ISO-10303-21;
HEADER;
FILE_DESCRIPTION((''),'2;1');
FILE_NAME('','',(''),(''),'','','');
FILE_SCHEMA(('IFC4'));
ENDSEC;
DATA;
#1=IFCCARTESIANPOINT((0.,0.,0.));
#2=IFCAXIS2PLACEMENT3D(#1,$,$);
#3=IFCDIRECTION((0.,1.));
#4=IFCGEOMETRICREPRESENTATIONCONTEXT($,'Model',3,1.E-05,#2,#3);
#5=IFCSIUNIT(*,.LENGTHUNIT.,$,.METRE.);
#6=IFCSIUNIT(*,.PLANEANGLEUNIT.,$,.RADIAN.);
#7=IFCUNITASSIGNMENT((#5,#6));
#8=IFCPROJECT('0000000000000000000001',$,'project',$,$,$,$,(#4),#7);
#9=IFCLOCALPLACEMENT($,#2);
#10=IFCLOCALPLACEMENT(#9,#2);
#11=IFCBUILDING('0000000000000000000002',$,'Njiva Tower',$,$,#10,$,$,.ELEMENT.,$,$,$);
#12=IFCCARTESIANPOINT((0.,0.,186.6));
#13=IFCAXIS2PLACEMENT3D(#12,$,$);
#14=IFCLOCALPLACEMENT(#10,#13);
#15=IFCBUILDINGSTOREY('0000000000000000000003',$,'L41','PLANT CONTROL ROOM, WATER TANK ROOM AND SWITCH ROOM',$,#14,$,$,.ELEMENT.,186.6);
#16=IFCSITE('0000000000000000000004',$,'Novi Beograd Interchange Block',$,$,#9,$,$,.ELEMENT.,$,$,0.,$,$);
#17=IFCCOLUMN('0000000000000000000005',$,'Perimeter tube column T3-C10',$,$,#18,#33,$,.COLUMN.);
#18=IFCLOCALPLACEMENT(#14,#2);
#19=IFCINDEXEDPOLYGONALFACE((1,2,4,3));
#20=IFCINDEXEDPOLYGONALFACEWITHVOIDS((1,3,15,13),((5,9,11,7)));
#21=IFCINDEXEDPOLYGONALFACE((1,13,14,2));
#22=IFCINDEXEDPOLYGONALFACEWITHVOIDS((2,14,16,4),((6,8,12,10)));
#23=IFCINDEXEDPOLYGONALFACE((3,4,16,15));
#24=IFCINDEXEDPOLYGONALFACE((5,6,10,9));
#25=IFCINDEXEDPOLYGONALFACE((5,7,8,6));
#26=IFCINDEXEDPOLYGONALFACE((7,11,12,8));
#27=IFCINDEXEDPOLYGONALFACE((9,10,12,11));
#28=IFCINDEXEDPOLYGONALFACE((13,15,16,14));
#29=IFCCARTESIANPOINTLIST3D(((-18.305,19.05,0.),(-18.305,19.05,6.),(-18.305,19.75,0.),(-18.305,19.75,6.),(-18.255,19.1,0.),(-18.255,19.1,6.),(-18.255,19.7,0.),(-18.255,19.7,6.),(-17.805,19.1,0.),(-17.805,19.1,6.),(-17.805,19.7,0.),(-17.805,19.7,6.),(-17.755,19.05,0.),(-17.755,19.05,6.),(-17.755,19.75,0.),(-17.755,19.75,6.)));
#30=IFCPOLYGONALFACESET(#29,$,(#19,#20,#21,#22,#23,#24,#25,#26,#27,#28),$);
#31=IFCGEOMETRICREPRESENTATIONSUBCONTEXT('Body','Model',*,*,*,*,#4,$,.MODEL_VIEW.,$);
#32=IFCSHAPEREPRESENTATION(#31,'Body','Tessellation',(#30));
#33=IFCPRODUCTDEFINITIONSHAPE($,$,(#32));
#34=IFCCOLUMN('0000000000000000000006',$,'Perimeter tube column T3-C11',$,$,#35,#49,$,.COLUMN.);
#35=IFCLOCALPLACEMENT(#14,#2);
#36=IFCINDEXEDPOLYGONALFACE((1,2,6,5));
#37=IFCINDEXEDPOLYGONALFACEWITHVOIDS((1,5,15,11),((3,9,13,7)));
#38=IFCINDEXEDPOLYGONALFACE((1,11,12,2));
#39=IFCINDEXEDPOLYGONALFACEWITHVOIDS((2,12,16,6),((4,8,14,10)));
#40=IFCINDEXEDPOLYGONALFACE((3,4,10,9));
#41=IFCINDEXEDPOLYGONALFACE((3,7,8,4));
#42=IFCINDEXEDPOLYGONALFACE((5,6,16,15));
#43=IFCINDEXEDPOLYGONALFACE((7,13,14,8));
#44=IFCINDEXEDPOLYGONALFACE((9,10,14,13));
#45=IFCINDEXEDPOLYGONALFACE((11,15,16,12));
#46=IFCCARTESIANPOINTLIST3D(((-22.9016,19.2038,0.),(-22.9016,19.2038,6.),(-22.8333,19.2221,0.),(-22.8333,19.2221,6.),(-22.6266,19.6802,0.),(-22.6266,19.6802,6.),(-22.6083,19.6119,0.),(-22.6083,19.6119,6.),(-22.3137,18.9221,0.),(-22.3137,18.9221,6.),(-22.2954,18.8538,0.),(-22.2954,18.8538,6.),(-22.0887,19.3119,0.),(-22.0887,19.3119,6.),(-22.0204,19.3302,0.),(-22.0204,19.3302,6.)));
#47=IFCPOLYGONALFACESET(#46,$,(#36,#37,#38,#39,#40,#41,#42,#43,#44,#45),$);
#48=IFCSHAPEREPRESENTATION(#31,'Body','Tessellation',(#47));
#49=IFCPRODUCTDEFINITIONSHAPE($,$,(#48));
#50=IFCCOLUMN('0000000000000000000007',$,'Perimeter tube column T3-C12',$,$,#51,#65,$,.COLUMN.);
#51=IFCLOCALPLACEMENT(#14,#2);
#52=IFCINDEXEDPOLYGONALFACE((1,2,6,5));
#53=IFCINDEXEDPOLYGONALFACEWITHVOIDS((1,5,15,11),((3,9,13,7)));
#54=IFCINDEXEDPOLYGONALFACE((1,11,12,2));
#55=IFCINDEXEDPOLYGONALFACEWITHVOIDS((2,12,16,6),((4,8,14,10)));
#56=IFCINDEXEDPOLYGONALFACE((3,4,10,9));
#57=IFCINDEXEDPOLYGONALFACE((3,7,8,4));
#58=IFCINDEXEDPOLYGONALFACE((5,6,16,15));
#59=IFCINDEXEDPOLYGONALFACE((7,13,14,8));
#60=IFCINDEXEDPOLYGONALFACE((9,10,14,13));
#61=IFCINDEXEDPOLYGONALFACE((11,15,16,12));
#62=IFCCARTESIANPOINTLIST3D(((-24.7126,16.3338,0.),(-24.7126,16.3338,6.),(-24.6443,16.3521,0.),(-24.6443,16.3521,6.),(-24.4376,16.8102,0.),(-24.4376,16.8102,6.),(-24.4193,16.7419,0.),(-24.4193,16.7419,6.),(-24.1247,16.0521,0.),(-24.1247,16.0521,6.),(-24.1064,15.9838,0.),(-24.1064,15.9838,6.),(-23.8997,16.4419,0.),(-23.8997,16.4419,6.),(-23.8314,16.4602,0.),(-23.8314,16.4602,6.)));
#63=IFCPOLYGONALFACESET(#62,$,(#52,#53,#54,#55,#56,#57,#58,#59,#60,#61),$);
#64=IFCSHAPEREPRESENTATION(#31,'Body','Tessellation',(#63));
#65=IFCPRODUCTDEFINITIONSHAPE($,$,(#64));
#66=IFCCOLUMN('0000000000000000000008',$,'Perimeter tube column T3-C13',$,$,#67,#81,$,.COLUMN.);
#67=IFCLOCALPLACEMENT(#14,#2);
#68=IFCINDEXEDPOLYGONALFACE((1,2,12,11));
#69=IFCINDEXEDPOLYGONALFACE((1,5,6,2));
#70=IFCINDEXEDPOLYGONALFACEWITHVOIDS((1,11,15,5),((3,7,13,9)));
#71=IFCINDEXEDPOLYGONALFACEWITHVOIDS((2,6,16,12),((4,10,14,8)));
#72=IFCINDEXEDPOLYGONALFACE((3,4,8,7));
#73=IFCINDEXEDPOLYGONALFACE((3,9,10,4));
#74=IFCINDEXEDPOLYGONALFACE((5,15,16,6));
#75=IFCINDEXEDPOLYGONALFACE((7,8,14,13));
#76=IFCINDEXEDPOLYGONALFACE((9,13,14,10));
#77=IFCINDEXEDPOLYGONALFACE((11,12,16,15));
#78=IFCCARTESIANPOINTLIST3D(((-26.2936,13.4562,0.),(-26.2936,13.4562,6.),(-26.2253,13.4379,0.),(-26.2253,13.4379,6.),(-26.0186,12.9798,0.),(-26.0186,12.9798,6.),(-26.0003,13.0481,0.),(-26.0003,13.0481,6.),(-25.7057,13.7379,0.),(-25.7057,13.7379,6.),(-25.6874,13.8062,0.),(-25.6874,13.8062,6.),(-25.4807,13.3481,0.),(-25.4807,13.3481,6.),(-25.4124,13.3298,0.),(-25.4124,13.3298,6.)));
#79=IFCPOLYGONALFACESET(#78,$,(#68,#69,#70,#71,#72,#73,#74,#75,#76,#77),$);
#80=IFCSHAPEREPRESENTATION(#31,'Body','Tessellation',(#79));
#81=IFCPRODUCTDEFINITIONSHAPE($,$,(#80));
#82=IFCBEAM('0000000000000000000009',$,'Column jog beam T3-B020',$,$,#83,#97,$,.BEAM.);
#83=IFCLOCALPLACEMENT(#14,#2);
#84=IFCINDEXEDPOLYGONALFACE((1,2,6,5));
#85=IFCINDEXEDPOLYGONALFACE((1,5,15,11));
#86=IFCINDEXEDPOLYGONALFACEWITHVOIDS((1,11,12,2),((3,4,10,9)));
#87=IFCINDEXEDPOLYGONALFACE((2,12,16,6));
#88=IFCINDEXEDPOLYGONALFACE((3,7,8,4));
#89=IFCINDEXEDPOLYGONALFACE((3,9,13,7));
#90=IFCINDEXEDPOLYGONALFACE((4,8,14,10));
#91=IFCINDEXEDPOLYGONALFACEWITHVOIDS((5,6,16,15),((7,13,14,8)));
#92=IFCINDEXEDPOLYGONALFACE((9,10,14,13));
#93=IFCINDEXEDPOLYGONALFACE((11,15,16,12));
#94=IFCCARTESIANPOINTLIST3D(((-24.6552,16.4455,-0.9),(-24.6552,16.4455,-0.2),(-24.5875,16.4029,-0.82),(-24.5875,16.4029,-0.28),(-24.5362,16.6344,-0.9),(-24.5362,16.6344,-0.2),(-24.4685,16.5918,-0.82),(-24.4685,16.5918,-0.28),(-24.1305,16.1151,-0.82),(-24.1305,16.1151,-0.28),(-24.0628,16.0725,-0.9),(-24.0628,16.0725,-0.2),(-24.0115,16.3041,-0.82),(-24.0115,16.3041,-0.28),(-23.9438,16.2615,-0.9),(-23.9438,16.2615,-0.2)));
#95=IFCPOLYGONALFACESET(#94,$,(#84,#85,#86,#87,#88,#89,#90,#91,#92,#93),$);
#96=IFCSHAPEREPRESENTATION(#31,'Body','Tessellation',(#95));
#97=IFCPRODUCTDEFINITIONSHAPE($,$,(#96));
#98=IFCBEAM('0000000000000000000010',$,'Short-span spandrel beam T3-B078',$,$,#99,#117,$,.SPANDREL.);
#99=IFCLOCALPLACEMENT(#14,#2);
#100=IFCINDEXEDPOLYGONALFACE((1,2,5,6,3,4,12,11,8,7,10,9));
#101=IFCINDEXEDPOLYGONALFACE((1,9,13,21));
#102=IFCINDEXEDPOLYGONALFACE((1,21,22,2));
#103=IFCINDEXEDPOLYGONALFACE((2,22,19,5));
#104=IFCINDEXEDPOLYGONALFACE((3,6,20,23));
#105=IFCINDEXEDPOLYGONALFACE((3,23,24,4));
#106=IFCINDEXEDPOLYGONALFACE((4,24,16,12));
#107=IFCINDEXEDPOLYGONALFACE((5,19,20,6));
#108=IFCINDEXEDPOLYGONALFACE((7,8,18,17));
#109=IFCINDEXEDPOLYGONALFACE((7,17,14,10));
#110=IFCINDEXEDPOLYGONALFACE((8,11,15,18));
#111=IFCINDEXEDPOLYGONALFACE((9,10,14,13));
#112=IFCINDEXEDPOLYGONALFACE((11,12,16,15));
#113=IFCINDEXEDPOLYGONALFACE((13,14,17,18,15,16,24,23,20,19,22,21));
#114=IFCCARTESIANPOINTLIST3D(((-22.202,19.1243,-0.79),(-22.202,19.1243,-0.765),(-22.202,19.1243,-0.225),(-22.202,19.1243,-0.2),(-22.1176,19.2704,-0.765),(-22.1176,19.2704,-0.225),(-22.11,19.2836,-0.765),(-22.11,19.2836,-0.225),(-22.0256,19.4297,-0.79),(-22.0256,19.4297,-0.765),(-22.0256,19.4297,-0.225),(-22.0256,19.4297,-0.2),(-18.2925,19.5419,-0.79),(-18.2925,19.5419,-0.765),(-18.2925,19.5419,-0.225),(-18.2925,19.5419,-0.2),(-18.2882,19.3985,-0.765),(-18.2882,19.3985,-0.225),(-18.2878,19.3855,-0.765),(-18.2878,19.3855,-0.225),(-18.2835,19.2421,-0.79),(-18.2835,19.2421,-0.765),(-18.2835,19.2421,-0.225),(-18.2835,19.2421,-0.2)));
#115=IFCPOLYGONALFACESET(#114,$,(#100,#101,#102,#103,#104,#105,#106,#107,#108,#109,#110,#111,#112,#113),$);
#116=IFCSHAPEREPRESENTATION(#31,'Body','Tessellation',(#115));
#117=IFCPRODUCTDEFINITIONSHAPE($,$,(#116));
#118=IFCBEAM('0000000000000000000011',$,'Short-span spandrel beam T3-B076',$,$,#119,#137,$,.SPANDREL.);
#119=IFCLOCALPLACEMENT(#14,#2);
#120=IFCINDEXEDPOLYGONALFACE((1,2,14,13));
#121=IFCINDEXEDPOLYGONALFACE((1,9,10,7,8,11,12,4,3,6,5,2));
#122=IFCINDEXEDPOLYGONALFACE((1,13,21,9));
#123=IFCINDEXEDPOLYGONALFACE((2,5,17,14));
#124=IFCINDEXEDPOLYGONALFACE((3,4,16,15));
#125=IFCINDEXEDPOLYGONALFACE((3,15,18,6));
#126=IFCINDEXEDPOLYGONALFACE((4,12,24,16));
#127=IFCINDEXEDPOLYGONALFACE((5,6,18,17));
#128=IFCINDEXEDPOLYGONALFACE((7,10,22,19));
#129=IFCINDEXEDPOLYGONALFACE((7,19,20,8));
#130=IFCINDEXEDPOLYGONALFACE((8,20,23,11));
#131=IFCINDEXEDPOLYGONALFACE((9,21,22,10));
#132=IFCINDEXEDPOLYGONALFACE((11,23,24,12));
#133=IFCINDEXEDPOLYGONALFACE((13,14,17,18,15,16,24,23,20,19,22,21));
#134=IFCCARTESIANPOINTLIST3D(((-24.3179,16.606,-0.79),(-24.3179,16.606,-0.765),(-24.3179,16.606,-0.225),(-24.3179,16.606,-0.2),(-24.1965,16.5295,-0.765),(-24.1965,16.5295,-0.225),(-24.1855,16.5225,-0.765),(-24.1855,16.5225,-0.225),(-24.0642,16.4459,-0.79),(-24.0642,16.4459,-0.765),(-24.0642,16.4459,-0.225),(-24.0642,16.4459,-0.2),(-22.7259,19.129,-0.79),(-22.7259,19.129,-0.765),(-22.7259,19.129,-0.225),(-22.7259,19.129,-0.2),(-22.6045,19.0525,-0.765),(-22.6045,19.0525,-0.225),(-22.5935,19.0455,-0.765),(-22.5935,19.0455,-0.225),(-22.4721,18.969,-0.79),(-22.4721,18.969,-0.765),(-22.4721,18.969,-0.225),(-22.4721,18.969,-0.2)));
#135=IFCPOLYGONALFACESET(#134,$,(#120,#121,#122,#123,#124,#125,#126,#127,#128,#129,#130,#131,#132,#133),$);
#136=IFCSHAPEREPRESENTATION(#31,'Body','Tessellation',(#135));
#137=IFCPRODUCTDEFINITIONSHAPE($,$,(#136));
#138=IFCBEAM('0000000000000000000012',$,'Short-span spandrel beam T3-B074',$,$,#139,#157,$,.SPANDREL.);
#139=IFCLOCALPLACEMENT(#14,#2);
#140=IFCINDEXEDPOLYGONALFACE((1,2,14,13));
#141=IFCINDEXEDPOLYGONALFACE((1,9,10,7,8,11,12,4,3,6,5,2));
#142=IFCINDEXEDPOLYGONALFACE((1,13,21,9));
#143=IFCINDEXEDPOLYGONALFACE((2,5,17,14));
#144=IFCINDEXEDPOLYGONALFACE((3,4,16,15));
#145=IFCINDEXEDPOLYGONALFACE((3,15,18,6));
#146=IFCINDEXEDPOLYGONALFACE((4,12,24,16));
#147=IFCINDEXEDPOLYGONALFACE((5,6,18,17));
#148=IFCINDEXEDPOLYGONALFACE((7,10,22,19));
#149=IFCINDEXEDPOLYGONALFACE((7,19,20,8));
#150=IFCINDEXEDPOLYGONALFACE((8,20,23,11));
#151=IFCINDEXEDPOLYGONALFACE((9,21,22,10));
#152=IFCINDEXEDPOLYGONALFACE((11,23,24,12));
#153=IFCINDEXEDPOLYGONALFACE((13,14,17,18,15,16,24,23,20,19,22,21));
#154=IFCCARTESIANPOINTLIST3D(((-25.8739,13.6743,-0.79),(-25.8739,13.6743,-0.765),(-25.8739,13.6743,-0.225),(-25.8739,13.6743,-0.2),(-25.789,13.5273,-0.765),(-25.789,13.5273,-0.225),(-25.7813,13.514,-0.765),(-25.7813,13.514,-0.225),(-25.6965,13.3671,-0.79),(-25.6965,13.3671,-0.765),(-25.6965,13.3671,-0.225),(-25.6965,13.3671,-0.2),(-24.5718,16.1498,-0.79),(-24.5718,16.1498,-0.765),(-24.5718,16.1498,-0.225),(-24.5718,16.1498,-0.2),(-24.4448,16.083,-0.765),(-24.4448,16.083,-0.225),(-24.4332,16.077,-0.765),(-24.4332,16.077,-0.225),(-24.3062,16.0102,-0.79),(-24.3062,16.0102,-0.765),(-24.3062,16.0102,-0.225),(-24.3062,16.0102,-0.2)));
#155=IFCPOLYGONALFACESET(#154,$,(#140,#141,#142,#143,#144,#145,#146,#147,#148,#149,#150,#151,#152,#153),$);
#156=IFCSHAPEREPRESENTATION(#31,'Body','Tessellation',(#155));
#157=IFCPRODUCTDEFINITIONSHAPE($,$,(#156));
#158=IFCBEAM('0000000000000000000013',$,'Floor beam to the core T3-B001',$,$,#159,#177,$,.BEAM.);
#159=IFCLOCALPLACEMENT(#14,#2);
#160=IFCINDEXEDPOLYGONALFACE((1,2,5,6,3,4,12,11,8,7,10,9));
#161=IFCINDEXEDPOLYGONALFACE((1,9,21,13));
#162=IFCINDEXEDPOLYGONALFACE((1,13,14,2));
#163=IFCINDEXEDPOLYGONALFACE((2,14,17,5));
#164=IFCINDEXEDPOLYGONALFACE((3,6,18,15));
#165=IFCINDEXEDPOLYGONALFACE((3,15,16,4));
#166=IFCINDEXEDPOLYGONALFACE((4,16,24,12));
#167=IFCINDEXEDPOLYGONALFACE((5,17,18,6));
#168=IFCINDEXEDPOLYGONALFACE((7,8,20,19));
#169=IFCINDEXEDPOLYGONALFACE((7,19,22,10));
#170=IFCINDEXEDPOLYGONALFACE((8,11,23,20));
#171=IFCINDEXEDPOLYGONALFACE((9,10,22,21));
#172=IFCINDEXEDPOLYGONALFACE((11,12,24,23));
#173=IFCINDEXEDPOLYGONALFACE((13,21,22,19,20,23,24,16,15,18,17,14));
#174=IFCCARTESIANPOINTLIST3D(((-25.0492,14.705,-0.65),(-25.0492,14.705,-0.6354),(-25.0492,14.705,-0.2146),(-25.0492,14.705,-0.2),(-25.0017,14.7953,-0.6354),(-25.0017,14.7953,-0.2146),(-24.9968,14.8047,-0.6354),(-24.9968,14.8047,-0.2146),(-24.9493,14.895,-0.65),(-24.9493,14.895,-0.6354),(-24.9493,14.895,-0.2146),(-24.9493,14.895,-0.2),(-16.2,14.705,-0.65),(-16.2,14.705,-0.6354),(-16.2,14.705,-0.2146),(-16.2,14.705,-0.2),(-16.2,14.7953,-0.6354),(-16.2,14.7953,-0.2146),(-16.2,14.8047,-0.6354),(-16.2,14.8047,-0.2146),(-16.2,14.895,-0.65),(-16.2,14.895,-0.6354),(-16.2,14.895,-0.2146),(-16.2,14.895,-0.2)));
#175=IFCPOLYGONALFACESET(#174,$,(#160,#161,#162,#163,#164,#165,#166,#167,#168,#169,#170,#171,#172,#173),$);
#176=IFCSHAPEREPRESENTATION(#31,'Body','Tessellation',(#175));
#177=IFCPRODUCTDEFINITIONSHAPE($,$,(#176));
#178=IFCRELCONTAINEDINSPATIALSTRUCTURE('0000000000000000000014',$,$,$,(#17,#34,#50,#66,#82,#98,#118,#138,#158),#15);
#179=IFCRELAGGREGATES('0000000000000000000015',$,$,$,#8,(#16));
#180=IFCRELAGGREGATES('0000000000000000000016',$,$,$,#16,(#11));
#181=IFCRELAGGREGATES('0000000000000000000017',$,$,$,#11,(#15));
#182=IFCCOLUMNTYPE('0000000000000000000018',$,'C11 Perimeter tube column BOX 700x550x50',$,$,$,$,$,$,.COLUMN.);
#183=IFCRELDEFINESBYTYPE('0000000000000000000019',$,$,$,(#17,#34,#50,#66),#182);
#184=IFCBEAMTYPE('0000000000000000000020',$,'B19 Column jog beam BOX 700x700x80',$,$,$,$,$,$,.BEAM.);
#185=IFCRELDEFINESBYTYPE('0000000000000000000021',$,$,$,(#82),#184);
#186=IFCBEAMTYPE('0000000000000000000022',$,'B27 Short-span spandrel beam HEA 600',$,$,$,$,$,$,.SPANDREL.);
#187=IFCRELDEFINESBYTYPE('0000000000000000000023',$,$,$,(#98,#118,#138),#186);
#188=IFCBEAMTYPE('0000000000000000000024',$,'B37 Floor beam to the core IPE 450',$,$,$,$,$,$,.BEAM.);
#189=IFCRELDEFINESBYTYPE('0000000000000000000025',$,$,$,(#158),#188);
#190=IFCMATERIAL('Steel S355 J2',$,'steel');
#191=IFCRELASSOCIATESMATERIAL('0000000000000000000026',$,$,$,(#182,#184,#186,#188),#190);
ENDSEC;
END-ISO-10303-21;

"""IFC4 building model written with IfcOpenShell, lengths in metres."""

from ifc_helpers import new_model, si_unit, direction, frame, origin, origin_2d, place, context, subcontext, project, spatial, hollow_rectangle, i_section, extrude, clip, halfspace, material, material_profile, profile_set, type_object, element, save


model = new_model("IFC4")

# Units and contexts
model_context = context("Model", 3, precision=1e-05, world=origin(), true_north=direction((0.0, 1.0)))
body_context = subcontext(model_context, "Body", "Model", "MODEL_VIEW")
ifc_project = project(units=[si_unit("LENGTHUNIT", "METRE"), si_unit("PLANEANGLEUNIT", "RADIAN")], contexts=[model_context])

# Site, building, storey
site_placement = place(None, origin())
site = spatial("IfcSite", under=ifc_project, at=site_placement, Name="Novi Beograd Interchange Block", CompositionType="ELEMENT", RefElevation=0.0)
building_placement = place(site_placement, origin())
building = spatial("IfcBuilding", under=site, at=building_placement, Name="Njiva Tower", CompositionType="ELEMENT")
storey_placement = place(building_placement, frame((0.0, 0.0, 186.6)))
storey = spatial("IfcBuildingStorey", under=building, at=storey_placement, Name="L41", Description="PLANT CONTROL ROOM, WATER TANK ROOM AND SWITCH ROOM", CompositionType="ELEMENT", Elevation=186.6)

# Columns
ifc_material_1 = material(Name="Steel S355 J2", Category="steel")
ifc_material_profile_1 = material_profile(ifc_material_1, hollow_rectangle(XDim=0.55, YDim=0.7, WallThickness=0.05, at=origin_2d()), Name="BOX 700x550x50")
ifc_profile_set_1 = profile_set([ifc_material_profile_1], Name="Steel S355 J2")
column_type = type_object("IfcColumnType", Name="C11 Perimeter tube column BOX 700x550x50", PredefinedType="COLUMN", material=ifc_profile_set_1)
for number, where, z_axis, x_axis, name in (
    (1, (-18.03, 19.4, 0.0), (0.0, 0.0, 1.0), (-1.0, 0.0, 0.0), "Perimeter tube column T3-C10"),
    (2, (-22.461, 19.267, 0.0), (0.0, 0.0, 1.0), (-0.5, -0.866025, 0.0), "Perimeter tube column T3-C11"),
    (3, (-24.272, 16.397, 0.0), (0.0, 0.0, 1.0), (-0.5, -0.866025, 0.0), "Perimeter tube column T3-C12"),
    (4, (-25.853, 13.393, 0.0), (0.0, 0.0, 1.0), (0.5, -0.866025, 0.0), "Perimeter tube column T3-C13"),
):
    element("IfcColumn", number, at=place(storey_placement, frame(where, z_axis=z_axis, x_axis=x_axis)), inside=storey, type_object=column_type, Name=name, PredefinedType="COLUMN", context=body_context, shape_type="SweptSolid", body=[
        extrude(hollow_rectangle(XDim=0.55, YDim=0.7, WallThickness=0.05, at=origin_2d()), origin(), (0.0, 0.0, 1.0), 6.0),
    ])

# Beams
ifc_material_profile_2 = material_profile(ifc_material_1, hollow_rectangle(XDim=0.7, YDim=0.7, WallThickness=0.08, at=origin_2d()), Name="BOX 700x700x80")
ifc_profile_set_2 = profile_set([ifc_material_profile_2], Name="Steel S355 J2")
beam_type_1 = type_object("IfcBeamType", Name="B19 Column jog beam BOX 700x700x80", PredefinedType="BEAM", material=ifc_profile_set_2)
beam_1_placement = place(storey_placement, frame((-24.359, 16.259, -0.55), z_axis=(0.532813, 0.846233, 0.0), x_axis=(-0.846233, 0.532813, 0.0)))
element("IfcBeam", 5, at=beam_1_placement, inside=storey, type_object=beam_type_1, Name="Column jog beam T3-B020", PredefinedType="BEAM", context=body_context, shape_type="SweptSolid", body=[
    extrude(hollow_rectangle(XDim=0.7, YDim=0.7, WallThickness=0.08, at=origin_2d()), origin(), (0.0, 0.0, 1.0), 0.2233),
])
ifc_material_profile_3 = material_profile(ifc_material_1, i_section(OverallWidth=0.3, OverallDepth=0.59, WebThickness=0.013, FlangeThickness=0.025, at=origin_2d()), Name="HEA 600")
ifc_profile_set_3 = profile_set([ifc_material_profile_3], Name="Steel S355 J2")
beam_type_2 = type_object("IfcBeamType", Name="B27 Short-span spandrel beam HEA 600", PredefinedType="SPANDREL", material=ifc_profile_set_3)
beam_2_placement = place(storey_placement, frame((-18.288, 19.392, -0.495), z_axis=(-0.999549, -0.030044, 0.0), x_axis=(0.030044, -0.999549, 0.0)))
element("IfcBeam", 6, at=beam_2_placement, inside=storey, type_object=beam_type_2, Name="Short-span spandrel beam T3-B078", PredefinedType="SPANDREL", context=body_context, shape_type="Clipping", body=[
    clip(extrude(i_section(OverallWidth=0.3, OverallDepth=0.59, WebThickness=0.013, FlangeThickness=0.025, at=origin_2d()), origin(), (0.0, 0.0, 1.0), 3.9407), halfspace(frame((-0.0266, 0.0, 3.8111), z_axis=(-0.525791, 0.0, 0.850614), x_axis=(0.0, 1.0, 0.0)), False)),
])
beam_3_placement = place(storey_placement, frame((-22.599, 19.049, -0.495), z_axis=(-0.53364, -0.845712, 0.0), x_axis=(0.845712, -0.53364, 0.0)))
element("IfcBeam", 7, at=beam_3_placement, inside=storey, type_object=beam_type_2, Name="Short-span spandrel beam T3-B076", PredefinedType="SPANDREL", context=body_context, shape_type="SweptSolid", body=[
    extrude(i_section(OverallWidth=0.3, OverallDepth=0.59, WebThickness=0.013, FlangeThickness=0.025, at=origin_2d()), origin(), (0.0, 0.0, 1.0), 2.9833),
])
beam_4_placement = place(storey_placement, frame((-24.439, 16.08, -0.495), z_axis=(-0.465518, -0.885038, 0.0), x_axis=(0.885038, -0.465518, 0.0)))
element("IfcBeam", 8, at=beam_4_placement, inside=storey, type_object=beam_type_2, Name="Short-span spandrel beam T3-B074", PredefinedType="SPANDREL", context=body_context, shape_type="Clipping", body=[
    clip(extrude(i_section(OverallWidth=0.3, OverallDepth=0.59, WebThickness=0.013, FlangeThickness=0.025, at=origin_2d()), origin(), (0.0, 0.0, 1.0), 3.0064), halfspace(frame((-0.0269, 0.0, 2.8748), z_axis=(-0.533708, 0.0, 0.845669), x_axis=(0.0, 1.0, 0.0)), False)),
])
ifc_material_profile_4 = material_profile(ifc_material_1, i_section(OverallWidth=0.19, OverallDepth=0.45, WebThickness=0.0094, FlangeThickness=0.0146, at=origin_2d()), Name="IPE 450")
ifc_profile_set_4 = profile_set([ifc_material_profile_4], Name="Steel S355 J2")
beam_type_3 = type_object("IfcBeamType", Name="B37 Floor beam to the core IPE 450", PredefinedType="BEAM", material=ifc_profile_set_4)
beam_5_placement = place(storey_placement, frame((-25.069, 14.8, -0.425), z_axis=(1.0, 0.0, 0.0), x_axis=(0.0, 1.0, 0.0)))
element("IfcBeam", 9, at=beam_5_placement, inside=storey, type_object=beam_type_3, Name="Floor beam to the core T3-B001", PredefinedType="BEAM", context=body_context, shape_type="Clipping", body=[
    clip(extrude(i_section(OverallWidth=0.19, OverallDepth=0.45, WebThickness=0.0094, FlangeThickness=0.0146, at=origin_2d()), origin(), (0.0, 0.0, 1.0), 8.869), halfspace(frame((0.0233, 0.0, 0.082), z_axis=(0.46565, 0.0, -0.884969), x_axis=(0.0, -1.0, 0.0)), False)),
])

save(model, "model.ifc")
